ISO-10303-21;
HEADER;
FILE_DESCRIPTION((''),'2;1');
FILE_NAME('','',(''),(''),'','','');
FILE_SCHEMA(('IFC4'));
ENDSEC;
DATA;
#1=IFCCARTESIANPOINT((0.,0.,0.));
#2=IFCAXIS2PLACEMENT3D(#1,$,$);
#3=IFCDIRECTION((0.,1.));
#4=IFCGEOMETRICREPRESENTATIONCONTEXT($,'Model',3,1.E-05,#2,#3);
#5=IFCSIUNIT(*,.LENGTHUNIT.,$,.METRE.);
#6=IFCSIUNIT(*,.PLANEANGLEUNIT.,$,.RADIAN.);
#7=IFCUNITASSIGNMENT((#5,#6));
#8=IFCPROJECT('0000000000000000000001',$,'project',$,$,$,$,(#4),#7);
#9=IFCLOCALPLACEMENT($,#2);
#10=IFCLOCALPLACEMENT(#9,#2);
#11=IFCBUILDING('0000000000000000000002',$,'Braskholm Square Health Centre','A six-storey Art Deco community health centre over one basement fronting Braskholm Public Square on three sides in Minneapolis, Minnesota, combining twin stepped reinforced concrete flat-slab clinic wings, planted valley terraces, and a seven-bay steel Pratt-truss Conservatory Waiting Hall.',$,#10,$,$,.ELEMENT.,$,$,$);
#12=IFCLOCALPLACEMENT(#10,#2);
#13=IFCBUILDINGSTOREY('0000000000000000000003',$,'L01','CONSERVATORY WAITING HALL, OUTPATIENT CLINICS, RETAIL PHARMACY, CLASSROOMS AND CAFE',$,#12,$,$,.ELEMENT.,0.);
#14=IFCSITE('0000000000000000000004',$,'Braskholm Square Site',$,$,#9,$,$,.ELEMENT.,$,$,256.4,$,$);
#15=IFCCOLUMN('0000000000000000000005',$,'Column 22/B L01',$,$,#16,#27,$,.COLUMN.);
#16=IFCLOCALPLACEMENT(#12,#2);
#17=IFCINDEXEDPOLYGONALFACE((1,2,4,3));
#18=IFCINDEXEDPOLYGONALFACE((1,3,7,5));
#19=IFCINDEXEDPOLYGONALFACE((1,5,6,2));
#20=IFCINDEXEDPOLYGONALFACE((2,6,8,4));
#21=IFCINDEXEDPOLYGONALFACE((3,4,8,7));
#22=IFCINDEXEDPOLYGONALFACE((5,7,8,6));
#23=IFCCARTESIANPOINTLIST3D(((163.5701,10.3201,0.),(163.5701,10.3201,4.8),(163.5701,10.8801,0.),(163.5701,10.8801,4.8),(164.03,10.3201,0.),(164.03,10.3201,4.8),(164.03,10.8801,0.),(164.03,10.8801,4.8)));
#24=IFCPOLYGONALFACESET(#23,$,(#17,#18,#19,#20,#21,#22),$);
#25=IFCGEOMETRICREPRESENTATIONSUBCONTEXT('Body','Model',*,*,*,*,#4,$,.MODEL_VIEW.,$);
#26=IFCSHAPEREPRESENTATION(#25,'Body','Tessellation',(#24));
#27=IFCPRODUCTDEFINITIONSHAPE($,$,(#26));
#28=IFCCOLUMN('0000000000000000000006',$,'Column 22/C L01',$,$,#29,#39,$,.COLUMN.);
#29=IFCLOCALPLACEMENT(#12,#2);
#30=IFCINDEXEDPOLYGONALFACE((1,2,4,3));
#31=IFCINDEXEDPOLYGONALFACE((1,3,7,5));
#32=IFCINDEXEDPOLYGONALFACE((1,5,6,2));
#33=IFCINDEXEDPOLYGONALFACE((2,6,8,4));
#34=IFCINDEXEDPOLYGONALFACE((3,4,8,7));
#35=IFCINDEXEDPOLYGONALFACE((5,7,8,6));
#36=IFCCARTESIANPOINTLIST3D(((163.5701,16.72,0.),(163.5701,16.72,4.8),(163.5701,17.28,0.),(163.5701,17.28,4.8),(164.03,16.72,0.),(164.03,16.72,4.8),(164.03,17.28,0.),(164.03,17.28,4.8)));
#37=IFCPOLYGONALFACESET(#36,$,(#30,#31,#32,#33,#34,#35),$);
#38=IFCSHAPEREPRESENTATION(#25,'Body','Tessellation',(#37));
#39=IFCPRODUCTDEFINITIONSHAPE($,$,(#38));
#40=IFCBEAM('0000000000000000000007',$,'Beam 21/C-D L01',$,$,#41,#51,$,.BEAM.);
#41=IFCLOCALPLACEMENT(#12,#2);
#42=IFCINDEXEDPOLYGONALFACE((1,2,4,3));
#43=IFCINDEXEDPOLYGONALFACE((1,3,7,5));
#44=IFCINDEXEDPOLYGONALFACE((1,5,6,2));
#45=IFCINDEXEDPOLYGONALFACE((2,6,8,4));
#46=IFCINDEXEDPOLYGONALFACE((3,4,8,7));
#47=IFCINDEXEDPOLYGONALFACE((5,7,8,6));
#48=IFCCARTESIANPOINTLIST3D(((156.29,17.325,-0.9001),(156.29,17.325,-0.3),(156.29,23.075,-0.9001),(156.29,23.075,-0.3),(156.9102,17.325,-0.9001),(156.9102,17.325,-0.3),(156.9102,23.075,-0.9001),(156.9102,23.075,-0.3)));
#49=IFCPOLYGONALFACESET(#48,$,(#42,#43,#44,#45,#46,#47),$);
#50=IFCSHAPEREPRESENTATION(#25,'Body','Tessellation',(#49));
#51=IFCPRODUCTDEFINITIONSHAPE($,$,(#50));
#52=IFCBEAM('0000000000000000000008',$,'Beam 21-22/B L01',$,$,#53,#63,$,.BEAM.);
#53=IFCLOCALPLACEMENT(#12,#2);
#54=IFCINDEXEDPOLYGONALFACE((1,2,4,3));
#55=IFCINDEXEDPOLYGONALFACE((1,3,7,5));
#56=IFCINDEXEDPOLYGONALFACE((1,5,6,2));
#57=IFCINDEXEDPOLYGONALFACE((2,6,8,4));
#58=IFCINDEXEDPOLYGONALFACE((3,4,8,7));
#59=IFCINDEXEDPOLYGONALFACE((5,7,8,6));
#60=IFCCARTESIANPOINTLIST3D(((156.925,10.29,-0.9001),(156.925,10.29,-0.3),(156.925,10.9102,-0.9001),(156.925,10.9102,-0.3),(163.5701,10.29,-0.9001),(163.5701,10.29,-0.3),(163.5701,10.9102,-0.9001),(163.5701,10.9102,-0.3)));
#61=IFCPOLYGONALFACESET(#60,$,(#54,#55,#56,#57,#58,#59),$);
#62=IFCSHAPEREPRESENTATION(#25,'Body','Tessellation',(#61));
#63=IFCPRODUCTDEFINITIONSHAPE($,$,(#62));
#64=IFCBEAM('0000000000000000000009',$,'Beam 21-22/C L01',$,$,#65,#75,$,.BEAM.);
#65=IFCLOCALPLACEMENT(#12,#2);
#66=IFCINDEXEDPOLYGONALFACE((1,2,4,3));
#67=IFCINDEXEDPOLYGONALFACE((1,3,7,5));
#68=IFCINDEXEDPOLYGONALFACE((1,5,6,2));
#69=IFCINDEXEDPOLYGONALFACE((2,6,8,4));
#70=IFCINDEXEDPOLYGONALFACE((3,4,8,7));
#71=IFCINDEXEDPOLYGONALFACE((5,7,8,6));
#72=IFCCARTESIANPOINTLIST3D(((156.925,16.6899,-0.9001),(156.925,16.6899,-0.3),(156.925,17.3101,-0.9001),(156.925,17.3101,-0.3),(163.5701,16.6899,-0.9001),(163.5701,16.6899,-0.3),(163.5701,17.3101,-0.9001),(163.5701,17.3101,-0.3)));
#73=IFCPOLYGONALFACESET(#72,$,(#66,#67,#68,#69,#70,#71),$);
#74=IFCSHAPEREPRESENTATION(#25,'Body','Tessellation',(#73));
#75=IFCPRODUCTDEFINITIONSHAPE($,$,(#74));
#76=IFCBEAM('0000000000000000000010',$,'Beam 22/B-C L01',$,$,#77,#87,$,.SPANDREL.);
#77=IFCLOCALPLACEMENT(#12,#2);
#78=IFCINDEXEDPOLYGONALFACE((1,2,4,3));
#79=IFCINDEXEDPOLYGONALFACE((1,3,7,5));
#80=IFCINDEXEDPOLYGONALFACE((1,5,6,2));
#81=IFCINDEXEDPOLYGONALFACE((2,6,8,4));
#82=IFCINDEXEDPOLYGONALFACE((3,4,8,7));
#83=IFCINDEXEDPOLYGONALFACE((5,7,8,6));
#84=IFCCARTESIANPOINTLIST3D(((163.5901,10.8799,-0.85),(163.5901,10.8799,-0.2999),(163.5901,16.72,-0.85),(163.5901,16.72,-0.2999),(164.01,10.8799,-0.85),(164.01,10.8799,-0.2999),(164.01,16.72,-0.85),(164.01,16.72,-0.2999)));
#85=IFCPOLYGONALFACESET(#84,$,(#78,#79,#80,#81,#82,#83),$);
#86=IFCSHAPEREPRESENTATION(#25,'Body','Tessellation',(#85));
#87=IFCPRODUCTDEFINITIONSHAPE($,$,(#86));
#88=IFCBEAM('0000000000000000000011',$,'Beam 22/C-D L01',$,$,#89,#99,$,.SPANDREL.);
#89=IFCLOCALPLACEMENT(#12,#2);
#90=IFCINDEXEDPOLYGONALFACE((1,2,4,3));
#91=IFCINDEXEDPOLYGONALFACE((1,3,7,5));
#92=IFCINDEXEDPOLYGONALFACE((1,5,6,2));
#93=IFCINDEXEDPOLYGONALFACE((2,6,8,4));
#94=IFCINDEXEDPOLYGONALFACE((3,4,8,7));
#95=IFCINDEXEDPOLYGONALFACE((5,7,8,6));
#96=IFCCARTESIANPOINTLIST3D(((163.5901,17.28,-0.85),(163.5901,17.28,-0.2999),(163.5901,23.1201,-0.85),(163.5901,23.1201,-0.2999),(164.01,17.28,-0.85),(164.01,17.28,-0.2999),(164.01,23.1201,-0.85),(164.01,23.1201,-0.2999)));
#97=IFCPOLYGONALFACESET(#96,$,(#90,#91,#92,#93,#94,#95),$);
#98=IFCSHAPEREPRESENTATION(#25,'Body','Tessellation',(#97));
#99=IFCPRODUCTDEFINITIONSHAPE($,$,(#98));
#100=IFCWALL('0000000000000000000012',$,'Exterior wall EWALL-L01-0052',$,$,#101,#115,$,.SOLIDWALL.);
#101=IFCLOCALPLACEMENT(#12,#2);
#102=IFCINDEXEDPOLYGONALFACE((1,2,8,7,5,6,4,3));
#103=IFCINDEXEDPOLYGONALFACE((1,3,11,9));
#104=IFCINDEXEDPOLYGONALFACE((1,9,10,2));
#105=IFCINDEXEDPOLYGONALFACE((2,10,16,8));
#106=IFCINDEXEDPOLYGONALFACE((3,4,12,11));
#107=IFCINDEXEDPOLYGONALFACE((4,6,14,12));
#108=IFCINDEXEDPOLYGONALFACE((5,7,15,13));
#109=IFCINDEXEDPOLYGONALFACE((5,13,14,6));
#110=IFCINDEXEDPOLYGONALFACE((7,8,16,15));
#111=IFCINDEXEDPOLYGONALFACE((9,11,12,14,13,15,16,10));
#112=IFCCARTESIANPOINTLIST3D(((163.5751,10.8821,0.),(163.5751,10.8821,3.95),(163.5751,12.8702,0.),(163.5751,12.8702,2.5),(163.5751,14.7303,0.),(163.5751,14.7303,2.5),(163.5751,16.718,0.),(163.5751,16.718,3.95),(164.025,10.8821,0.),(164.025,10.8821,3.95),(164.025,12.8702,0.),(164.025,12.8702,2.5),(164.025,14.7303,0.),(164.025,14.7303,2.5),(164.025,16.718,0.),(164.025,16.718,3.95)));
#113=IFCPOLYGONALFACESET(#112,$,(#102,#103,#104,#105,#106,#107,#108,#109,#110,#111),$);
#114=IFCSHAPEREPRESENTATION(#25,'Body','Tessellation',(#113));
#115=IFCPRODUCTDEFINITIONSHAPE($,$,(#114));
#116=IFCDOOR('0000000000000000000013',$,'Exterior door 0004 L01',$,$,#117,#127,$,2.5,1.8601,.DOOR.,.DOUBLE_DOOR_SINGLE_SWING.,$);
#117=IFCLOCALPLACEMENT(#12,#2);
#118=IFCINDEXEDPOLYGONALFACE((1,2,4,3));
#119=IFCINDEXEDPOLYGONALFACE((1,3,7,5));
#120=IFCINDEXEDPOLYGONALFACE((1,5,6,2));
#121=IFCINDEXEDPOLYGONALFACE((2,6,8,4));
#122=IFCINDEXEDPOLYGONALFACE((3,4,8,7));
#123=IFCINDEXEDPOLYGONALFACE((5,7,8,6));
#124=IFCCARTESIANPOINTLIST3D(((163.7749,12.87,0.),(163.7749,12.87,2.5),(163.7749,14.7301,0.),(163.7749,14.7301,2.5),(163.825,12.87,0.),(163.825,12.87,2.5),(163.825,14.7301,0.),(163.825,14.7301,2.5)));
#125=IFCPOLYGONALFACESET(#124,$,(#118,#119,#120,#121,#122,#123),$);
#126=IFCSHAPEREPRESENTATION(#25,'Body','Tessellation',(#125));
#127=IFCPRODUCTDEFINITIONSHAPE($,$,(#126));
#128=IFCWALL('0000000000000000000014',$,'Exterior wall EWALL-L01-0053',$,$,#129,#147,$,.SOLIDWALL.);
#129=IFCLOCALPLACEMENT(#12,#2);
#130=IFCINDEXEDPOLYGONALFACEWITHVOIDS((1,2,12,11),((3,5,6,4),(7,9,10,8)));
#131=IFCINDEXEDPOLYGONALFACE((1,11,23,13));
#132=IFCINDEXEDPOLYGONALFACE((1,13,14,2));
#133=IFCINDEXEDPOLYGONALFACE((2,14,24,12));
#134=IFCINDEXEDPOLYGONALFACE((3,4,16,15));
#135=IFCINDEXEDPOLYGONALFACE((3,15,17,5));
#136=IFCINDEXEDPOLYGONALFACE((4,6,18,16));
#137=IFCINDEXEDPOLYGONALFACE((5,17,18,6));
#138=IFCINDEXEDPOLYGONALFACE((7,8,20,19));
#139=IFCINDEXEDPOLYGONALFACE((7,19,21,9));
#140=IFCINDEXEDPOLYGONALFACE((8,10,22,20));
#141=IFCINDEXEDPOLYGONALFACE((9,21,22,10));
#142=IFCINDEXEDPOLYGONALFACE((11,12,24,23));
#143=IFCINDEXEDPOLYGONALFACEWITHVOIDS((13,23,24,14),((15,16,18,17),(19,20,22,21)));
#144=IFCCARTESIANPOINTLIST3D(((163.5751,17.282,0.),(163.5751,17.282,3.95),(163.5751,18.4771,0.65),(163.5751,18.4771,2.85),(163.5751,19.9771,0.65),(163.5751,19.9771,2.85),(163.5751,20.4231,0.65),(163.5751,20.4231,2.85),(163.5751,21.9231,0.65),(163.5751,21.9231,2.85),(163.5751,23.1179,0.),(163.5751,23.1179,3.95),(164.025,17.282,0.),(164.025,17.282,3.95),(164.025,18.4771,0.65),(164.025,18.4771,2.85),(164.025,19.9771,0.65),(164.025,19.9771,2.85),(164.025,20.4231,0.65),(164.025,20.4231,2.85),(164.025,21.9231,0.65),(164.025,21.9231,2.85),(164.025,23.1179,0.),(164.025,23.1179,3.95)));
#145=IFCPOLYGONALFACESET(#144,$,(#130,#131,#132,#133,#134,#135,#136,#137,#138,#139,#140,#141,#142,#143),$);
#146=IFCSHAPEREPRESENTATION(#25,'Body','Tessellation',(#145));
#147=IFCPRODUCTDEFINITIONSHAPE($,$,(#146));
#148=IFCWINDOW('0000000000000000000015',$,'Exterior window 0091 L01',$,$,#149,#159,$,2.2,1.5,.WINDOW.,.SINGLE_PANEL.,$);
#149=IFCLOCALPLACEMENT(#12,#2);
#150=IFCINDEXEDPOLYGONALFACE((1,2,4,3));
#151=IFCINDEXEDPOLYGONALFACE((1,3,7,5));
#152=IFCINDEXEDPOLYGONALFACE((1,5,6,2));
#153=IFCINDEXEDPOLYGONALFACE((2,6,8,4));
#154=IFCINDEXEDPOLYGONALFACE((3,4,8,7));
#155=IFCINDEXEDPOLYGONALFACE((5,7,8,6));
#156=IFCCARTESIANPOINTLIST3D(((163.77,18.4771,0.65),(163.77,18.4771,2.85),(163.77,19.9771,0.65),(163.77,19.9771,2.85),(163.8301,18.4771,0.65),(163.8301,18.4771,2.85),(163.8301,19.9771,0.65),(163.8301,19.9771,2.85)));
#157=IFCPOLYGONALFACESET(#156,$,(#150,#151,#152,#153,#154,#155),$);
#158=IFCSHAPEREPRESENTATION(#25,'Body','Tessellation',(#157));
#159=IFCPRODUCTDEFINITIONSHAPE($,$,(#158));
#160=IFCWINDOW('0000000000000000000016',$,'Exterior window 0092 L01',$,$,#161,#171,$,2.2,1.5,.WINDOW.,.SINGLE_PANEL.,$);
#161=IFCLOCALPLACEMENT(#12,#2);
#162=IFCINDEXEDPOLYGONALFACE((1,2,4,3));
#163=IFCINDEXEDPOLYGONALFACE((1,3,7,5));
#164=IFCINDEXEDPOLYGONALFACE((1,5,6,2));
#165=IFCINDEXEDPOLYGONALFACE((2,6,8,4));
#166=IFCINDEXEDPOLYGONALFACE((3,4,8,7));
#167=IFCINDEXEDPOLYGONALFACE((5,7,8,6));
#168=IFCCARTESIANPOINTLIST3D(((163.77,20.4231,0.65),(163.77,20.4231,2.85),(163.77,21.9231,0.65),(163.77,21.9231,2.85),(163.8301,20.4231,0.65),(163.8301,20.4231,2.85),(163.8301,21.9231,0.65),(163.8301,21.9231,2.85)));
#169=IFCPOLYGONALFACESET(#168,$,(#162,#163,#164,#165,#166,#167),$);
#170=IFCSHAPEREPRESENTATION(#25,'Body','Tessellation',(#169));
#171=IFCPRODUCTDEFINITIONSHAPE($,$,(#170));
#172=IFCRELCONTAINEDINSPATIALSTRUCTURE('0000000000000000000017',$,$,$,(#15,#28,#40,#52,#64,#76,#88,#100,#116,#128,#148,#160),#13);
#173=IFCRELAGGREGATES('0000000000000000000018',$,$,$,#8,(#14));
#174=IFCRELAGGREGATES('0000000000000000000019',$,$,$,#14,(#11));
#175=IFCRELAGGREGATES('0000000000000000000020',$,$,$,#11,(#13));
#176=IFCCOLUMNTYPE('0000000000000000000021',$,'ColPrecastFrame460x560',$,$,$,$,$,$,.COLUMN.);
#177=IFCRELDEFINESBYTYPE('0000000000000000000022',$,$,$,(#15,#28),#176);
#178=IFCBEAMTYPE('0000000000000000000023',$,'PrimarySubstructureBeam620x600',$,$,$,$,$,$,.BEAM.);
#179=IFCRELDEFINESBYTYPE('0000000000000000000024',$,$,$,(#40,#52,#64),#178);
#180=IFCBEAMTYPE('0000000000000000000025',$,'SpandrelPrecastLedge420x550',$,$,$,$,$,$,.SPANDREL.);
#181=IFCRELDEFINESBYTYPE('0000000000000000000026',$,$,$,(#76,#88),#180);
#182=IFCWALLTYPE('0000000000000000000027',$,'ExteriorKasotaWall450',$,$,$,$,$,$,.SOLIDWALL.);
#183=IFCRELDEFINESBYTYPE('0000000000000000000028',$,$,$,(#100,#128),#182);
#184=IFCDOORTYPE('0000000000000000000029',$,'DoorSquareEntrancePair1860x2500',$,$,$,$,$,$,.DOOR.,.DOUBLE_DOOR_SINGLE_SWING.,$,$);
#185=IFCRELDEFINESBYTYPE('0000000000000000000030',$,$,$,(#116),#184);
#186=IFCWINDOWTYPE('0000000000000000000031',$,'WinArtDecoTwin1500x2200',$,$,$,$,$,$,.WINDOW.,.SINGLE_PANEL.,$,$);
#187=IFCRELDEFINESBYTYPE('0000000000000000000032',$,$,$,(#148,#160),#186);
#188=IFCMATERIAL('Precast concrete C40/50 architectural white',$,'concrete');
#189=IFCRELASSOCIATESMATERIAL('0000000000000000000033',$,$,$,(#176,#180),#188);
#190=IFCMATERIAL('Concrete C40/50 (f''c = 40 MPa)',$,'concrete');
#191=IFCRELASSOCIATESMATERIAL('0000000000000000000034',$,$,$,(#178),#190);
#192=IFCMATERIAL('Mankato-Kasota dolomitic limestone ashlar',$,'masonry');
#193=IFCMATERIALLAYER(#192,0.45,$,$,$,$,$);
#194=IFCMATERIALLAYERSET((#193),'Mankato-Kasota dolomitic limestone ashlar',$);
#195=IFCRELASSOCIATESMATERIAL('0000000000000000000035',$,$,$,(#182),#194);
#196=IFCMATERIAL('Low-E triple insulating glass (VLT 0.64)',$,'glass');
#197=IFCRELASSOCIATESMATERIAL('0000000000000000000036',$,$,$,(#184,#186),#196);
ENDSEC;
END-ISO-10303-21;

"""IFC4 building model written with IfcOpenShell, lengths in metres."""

from ifc_helpers import new_model, si_unit, direction, frame, frame_2d, origin, origin_with_axes, origin_2d, place, context, subcontext, project, spatial, rectangle, extrude, material, layer, layer_set, material_profile, profile_set, type_object, element, fill, save


model = new_model("IFC4")

# Units and contexts
model_context = context("Model", 3, precision=1e-05, world=origin(), true_north=direction((0.0, 1.0)))
body_context = subcontext(model_context, "Body", "Model", "MODEL_VIEW")
ifc_project = project(units=[si_unit("LENGTHUNIT", "METRE"), si_unit("PLANEANGLEUNIT", "RADIAN")], contexts=[model_context])

# Site, building, storey
site_placement = place(None, origin())
site = spatial("IfcSite", under=ifc_project, at=site_placement, Name="Braskholm Square Site", CompositionType="ELEMENT", RefElevation=256.4)
building_placement = place(site_placement, origin())
building = spatial("IfcBuilding", under=site, at=building_placement, Name="Braskholm Square Health Centre", Description="A six-storey Art Deco community health centre over one basement fronting Braskholm Public Square on three sides in Minneapolis, Minnesota, combining twin stepped reinforced concrete flat-slab clinic wings, planted valley terraces, and a seven-bay steel Pratt-truss Conservatory Waiting Hall.", CompositionType="ELEMENT")
storey_placement = place(building_placement, origin())
storey = spatial("IfcBuildingStorey", under=building, at=storey_placement, Name="L01", Description="CONSERVATORY WAITING HALL, OUTPATIENT CLINICS, RETAIL PHARMACY, CLASSROOMS AND CAFE", CompositionType="ELEMENT", Elevation=0.0)

# Columns
ifc_material_1 = material(Name="Precast concrete C40/50 architectural white", Category="concrete")
ifc_material_profile_1 = material_profile(ifc_material_1, rectangle(XDim=0.46, YDim=0.5601, at=origin_2d()), Name="RC-460X560")
ifc_profile_set_1 = profile_set([ifc_material_profile_1], Name="Precast concrete C40/50 architectural white")
column_type = type_object("IfcColumnType", Name="ColPrecastFrame460x560", PredefinedType="COLUMN", material=ifc_profile_set_1)
for number, where, z_axis, x_axis, name in (
    (1, (163.8, 10.6001, 0.0), (0.0, 0.0, 1.0), (1.0, 0.0, 0.0), "Column 22/B L01"),
    (2, (163.8, 17.0, 0.0), (0.0, 0.0, 1.0), (1.0, 0.0, 0.0), "Column 22/C L01"),
):
    element("IfcColumn", number, at=place(storey_placement, frame(where, z_axis=z_axis, x_axis=x_axis)), inside=storey, type_object=column_type, Name=name, PredefinedType="COLUMN", context=body_context, shape_type="SweptSolid", body=[
        extrude(rectangle(XDim=0.46, YDim=0.5601, at=origin_2d()), origin(), (0.0, 0.0, 1.0), 4.8),
    ])

# Beams
ifc_material_2 = material(Name="Concrete C40/50 (f'c = 40 MPa)", Category="concrete")
ifc_material_profile_2 = material_profile(ifc_material_2, rectangle(XDim=0.6201, YDim=0.6001, at=origin_2d()), Name="RCB-620X600")
ifc_profile_set_2 = profile_set([ifc_material_profile_2], Name="Concrete C40/50 (f'c = 40 MPa)")
beam_type_1 = type_object("IfcBeamType", Name="PrimarySubstructureBeam620x600", PredefinedType="BEAM", material=ifc_profile_set_2)
beam_placement = place(storey_placement, frame((156.6001, 17.325, -0.6001), z_axis=(0.0, 1.0, 0.0), x_axis=(-1.0, 0.0, 0.0)))
element("IfcBeam", 3, at=beam_placement, inside=storey, type_object=beam_type_1, Name="Beam 21/C-D L01", PredefinedType="BEAM", context=body_context, shape_type="SweptSolid", body=[
    extrude(rectangle(XDim=0.6201, YDim=0.6001, at=origin_2d()), origin(), (0.0, 0.0, 1.0), 5.75),
])
for number, where, z_axis, x_axis, name in (
    (4, (156.925, 10.6001, -0.6001), (1.0, 0.0, 0.0), (0.0, 1.0, 0.0), "Beam 21-22/B L01"),
    (5, (156.925, 17.0, -0.6001), (1.0, 0.0, 0.0), (0.0, 1.0, 0.0), "Beam 21-22/C L01"),
):
    element("IfcBeam", number, at=place(storey_placement, frame(where, z_axis=z_axis, x_axis=x_axis)), inside=storey, type_object=beam_type_1, Name=name, PredefinedType="BEAM", context=body_context, shape_type="SweptSolid", body=[
        extrude(rectangle(XDim=0.6201, YDim=0.6001, at=origin_2d()), origin(), (0.0, 0.0, 1.0), 6.645),
    ])
ifc_material_profile_3 = material_profile(ifc_material_1, rectangle(XDim=0.4199, YDim=0.55, at=origin_2d()), Name="RCB-420X550")
ifc_profile_set_3 = profile_set([ifc_material_profile_3], Name="Precast concrete C40/50 architectural white")
beam_type_2 = type_object("IfcBeamType", Name="SpandrelPrecastLedge420x550", PredefinedType="SPANDREL", material=ifc_profile_set_3)
for number, where, z_axis, x_axis, name in (
    (6, (163.8, 10.8799, -0.575), (0.0, 1.0, 0.0), (-1.0, 0.0, 0.0), "Beam 22/B-C L01"),
    (7, (163.8, 17.28, -0.575), (0.0, 1.0, 0.0), (-1.0, 0.0, 0.0), "Beam 22/C-D L01"),
):
    element("IfcBeam", number, at=place(storey_placement, frame(where, z_axis=z_axis, x_axis=x_axis)), inside=storey, type_object=beam_type_2, Name=name, PredefinedType="SPANDREL", context=body_context, shape_type="SweptSolid", body=[
        extrude(rectangle(XDim=0.4199, YDim=0.55, at=origin_2d()), origin(), (0.0, 0.0, 1.0), 5.8401),
    ])

# Wall, opening, door
ifc_material_3 = material(Name="Mankato-Kasota dolomitic limestone ashlar", Category="masonry")
ifc_layer_1 = layer(ifc_material_3, 0.45)
ifc_layer_set_1 = layer_set([ifc_layer_1], Name="Mankato-Kasota dolomitic limestone ashlar")
wall_type = type_object("IfcWallType", Name="ExteriorKasotaWall450", PredefinedType="SOLIDWALL", material=ifc_layer_set_1)
wall_1_placement = place(storey_placement, frame((163.8, 10.8821, 0.0), z_axis=(0.0, 0.0, 1.0), x_axis=(0.0, 1.0, 0.0)))
wall_1 = element("IfcWall", 8, at=wall_1_placement, inside=storey, type_object=wall_type, Name="Exterior wall EWALL-L01-0052", PredefinedType="SOLIDWALL", context=body_context, shape_type="SweptSolid", body=[
    extrude(rectangle(XDim=5.8359, YDim=0.45, at=frame_2d((2.918, 0.0))), origin(), (0.0, 0.0, 1.0), 3.95),
])
opening_1_placement = place(wall_1_placement, frame((1.988, 0.0, 0.0)))
opening_1 = element("IfcOpeningElement", 9, at=opening_1_placement, cuts=wall_1, PredefinedType="OPENING", context=body_context, shape_type="SweptSolid", body=[
    extrude(rectangle(XDim=1.8601, YDim=2.5, at=frame_2d((0.9302, 1.25))), frame((0.0, 0.2349, 0.0), z_axis=(0.0, -1.0, 0.0), x_axis=(1.0, 0.0, 0.0)), (0.0, 0.0, 1.0), 0.47),
])
ifc_material_4 = material(Name="Low-E triple insulating glass (VLT 0.64)", Category="glass")
door_type = type_object("IfcDoorType", Name="DoorSquareEntrancePair1860x2500", OperationType="DOUBLE_DOOR_SINGLE_SWING", PredefinedType="DOOR", material=ifc_material_4)
door_placement = place(opening_1_placement, frame((1.8601, 0.0, 0.0), z_axis=(0.0, 0.0, 1.0), x_axis=(-1.0, 0.0, 0.0)))
door = element("IfcDoor", 10, at=door_placement, inside=storey, type_object=door_type, Name="Exterior door 0004 L01", OperationType="DOUBLE_DOOR_SINGLE_SWING", OverallHeight=2.5, OverallWidth=1.8601, PredefinedType="DOOR", context=body_context, shape_type="SweptSolid", body=[
    extrude(rectangle(XDim=1.8601, YDim=2.5, at=frame_2d((0.9302, 1.25))), frame((0.0, 0.0249, 0.0), z_axis=(0.0, -1.0, 0.0), x_axis=(1.0, 0.0, 0.0)), (0.0, 0.0, 1.0), 0.05),
])
fill(opening_1, door)

# Wall, openings, windows
wall_2_placement = place(storey_placement, frame((163.8, 17.282, 0.0), z_axis=(0.0, 0.0, 1.0), x_axis=(0.0, 1.0, 0.0)))
wall_2 = element("IfcWall", 11, at=wall_2_placement, inside=storey, type_object=wall_type, Name="Exterior wall EWALL-L01-0053", PredefinedType="SOLIDWALL", context=body_context, shape_type="SweptSolid", body=[
    extrude(rectangle(XDim=5.8359, YDim=0.45, at=frame_2d((2.918, 0.0))), origin(), (0.0, 0.0, 1.0), 3.95),
])
opening_2_placement = place(wall_2_placement, frame((1.1951, 0.0, 0.6499)))
opening_2 = element("IfcOpeningElement", 12, at=opening_2_placement, cuts=wall_2, PredefinedType="OPENING", context=body_context, shape_type="SweptSolid", body=[
    extrude(rectangle(XDim=1.5, YDim=2.2, at=frame_2d((0.75, 1.1001))), frame((0.0, 0.2349, 0.0), z_axis=(0.0, -1.0, 0.0), x_axis=(1.0, 0.0, 0.0)), (0.0, 0.0, 1.0), 0.47),
])
opening_3_placement = place(wall_2_placement, frame((3.1411, 0.0, 0.6499)))
opening_3 = element("IfcOpeningElement", 13, at=opening_3_placement, cuts=wall_2, PredefinedType="OPENING", context=body_context, shape_type="SweptSolid", body=[
    extrude(rectangle(XDim=1.5, YDim=2.2, at=frame_2d((0.75, 1.1001))), frame((0.0, 0.2349, 0.0), z_axis=(0.0, -1.0, 0.0), x_axis=(1.0, 0.0, 0.0)), (0.0, 0.0, 1.0), 0.47),
])
window_type = type_object("IfcWindowType", Name="WinArtDecoTwin1500x2200", PartitioningType="SINGLE_PANEL", PredefinedType="WINDOW", material=ifc_material_4)
window_1_placement = place(opening_2_placement, origin_with_axes())
window_1 = element("IfcWindow", 14, at=window_1_placement, inside=storey, type_object=window_type, Name="Exterior window 0091 L01", OverallHeight=2.2, OverallWidth=1.5, PartitioningType="SINGLE_PANEL", PredefinedType="WINDOW", context=body_context, shape_type="SweptSolid", body=[
    extrude(rectangle(XDim=1.5, YDim=2.2, at=frame_2d((0.75, 1.1001))), frame((0.0, 0.03, 0.0), z_axis=(0.0, -1.0, 0.0), x_axis=(1.0, 0.0, 0.0)), (0.0, 0.0, 1.0), 0.0601),
])
fill(opening_2, window_1)
window_2_placement = place(opening_3_placement, origin_with_axes())
window_2 = element("IfcWindow", 15, at=window_2_placement, inside=storey, type_object=window_type, Name="Exterior window 0092 L01", OverallHeight=2.2, OverallWidth=1.5, PartitioningType="SINGLE_PANEL", PredefinedType="WINDOW", context=body_context, shape_type="SweptSolid", body=[
    extrude(rectangle(XDim=1.5, YDim=2.2, at=frame_2d((0.75, 1.1001))), frame((0.0, 0.03, 0.0), z_axis=(0.0, -1.0, 0.0), x_axis=(1.0, 0.0, 0.0)), (0.0, 0.0, 1.0), 0.0601),
])
fill(opening_3, window_2)

save(model, "model.ifc")
